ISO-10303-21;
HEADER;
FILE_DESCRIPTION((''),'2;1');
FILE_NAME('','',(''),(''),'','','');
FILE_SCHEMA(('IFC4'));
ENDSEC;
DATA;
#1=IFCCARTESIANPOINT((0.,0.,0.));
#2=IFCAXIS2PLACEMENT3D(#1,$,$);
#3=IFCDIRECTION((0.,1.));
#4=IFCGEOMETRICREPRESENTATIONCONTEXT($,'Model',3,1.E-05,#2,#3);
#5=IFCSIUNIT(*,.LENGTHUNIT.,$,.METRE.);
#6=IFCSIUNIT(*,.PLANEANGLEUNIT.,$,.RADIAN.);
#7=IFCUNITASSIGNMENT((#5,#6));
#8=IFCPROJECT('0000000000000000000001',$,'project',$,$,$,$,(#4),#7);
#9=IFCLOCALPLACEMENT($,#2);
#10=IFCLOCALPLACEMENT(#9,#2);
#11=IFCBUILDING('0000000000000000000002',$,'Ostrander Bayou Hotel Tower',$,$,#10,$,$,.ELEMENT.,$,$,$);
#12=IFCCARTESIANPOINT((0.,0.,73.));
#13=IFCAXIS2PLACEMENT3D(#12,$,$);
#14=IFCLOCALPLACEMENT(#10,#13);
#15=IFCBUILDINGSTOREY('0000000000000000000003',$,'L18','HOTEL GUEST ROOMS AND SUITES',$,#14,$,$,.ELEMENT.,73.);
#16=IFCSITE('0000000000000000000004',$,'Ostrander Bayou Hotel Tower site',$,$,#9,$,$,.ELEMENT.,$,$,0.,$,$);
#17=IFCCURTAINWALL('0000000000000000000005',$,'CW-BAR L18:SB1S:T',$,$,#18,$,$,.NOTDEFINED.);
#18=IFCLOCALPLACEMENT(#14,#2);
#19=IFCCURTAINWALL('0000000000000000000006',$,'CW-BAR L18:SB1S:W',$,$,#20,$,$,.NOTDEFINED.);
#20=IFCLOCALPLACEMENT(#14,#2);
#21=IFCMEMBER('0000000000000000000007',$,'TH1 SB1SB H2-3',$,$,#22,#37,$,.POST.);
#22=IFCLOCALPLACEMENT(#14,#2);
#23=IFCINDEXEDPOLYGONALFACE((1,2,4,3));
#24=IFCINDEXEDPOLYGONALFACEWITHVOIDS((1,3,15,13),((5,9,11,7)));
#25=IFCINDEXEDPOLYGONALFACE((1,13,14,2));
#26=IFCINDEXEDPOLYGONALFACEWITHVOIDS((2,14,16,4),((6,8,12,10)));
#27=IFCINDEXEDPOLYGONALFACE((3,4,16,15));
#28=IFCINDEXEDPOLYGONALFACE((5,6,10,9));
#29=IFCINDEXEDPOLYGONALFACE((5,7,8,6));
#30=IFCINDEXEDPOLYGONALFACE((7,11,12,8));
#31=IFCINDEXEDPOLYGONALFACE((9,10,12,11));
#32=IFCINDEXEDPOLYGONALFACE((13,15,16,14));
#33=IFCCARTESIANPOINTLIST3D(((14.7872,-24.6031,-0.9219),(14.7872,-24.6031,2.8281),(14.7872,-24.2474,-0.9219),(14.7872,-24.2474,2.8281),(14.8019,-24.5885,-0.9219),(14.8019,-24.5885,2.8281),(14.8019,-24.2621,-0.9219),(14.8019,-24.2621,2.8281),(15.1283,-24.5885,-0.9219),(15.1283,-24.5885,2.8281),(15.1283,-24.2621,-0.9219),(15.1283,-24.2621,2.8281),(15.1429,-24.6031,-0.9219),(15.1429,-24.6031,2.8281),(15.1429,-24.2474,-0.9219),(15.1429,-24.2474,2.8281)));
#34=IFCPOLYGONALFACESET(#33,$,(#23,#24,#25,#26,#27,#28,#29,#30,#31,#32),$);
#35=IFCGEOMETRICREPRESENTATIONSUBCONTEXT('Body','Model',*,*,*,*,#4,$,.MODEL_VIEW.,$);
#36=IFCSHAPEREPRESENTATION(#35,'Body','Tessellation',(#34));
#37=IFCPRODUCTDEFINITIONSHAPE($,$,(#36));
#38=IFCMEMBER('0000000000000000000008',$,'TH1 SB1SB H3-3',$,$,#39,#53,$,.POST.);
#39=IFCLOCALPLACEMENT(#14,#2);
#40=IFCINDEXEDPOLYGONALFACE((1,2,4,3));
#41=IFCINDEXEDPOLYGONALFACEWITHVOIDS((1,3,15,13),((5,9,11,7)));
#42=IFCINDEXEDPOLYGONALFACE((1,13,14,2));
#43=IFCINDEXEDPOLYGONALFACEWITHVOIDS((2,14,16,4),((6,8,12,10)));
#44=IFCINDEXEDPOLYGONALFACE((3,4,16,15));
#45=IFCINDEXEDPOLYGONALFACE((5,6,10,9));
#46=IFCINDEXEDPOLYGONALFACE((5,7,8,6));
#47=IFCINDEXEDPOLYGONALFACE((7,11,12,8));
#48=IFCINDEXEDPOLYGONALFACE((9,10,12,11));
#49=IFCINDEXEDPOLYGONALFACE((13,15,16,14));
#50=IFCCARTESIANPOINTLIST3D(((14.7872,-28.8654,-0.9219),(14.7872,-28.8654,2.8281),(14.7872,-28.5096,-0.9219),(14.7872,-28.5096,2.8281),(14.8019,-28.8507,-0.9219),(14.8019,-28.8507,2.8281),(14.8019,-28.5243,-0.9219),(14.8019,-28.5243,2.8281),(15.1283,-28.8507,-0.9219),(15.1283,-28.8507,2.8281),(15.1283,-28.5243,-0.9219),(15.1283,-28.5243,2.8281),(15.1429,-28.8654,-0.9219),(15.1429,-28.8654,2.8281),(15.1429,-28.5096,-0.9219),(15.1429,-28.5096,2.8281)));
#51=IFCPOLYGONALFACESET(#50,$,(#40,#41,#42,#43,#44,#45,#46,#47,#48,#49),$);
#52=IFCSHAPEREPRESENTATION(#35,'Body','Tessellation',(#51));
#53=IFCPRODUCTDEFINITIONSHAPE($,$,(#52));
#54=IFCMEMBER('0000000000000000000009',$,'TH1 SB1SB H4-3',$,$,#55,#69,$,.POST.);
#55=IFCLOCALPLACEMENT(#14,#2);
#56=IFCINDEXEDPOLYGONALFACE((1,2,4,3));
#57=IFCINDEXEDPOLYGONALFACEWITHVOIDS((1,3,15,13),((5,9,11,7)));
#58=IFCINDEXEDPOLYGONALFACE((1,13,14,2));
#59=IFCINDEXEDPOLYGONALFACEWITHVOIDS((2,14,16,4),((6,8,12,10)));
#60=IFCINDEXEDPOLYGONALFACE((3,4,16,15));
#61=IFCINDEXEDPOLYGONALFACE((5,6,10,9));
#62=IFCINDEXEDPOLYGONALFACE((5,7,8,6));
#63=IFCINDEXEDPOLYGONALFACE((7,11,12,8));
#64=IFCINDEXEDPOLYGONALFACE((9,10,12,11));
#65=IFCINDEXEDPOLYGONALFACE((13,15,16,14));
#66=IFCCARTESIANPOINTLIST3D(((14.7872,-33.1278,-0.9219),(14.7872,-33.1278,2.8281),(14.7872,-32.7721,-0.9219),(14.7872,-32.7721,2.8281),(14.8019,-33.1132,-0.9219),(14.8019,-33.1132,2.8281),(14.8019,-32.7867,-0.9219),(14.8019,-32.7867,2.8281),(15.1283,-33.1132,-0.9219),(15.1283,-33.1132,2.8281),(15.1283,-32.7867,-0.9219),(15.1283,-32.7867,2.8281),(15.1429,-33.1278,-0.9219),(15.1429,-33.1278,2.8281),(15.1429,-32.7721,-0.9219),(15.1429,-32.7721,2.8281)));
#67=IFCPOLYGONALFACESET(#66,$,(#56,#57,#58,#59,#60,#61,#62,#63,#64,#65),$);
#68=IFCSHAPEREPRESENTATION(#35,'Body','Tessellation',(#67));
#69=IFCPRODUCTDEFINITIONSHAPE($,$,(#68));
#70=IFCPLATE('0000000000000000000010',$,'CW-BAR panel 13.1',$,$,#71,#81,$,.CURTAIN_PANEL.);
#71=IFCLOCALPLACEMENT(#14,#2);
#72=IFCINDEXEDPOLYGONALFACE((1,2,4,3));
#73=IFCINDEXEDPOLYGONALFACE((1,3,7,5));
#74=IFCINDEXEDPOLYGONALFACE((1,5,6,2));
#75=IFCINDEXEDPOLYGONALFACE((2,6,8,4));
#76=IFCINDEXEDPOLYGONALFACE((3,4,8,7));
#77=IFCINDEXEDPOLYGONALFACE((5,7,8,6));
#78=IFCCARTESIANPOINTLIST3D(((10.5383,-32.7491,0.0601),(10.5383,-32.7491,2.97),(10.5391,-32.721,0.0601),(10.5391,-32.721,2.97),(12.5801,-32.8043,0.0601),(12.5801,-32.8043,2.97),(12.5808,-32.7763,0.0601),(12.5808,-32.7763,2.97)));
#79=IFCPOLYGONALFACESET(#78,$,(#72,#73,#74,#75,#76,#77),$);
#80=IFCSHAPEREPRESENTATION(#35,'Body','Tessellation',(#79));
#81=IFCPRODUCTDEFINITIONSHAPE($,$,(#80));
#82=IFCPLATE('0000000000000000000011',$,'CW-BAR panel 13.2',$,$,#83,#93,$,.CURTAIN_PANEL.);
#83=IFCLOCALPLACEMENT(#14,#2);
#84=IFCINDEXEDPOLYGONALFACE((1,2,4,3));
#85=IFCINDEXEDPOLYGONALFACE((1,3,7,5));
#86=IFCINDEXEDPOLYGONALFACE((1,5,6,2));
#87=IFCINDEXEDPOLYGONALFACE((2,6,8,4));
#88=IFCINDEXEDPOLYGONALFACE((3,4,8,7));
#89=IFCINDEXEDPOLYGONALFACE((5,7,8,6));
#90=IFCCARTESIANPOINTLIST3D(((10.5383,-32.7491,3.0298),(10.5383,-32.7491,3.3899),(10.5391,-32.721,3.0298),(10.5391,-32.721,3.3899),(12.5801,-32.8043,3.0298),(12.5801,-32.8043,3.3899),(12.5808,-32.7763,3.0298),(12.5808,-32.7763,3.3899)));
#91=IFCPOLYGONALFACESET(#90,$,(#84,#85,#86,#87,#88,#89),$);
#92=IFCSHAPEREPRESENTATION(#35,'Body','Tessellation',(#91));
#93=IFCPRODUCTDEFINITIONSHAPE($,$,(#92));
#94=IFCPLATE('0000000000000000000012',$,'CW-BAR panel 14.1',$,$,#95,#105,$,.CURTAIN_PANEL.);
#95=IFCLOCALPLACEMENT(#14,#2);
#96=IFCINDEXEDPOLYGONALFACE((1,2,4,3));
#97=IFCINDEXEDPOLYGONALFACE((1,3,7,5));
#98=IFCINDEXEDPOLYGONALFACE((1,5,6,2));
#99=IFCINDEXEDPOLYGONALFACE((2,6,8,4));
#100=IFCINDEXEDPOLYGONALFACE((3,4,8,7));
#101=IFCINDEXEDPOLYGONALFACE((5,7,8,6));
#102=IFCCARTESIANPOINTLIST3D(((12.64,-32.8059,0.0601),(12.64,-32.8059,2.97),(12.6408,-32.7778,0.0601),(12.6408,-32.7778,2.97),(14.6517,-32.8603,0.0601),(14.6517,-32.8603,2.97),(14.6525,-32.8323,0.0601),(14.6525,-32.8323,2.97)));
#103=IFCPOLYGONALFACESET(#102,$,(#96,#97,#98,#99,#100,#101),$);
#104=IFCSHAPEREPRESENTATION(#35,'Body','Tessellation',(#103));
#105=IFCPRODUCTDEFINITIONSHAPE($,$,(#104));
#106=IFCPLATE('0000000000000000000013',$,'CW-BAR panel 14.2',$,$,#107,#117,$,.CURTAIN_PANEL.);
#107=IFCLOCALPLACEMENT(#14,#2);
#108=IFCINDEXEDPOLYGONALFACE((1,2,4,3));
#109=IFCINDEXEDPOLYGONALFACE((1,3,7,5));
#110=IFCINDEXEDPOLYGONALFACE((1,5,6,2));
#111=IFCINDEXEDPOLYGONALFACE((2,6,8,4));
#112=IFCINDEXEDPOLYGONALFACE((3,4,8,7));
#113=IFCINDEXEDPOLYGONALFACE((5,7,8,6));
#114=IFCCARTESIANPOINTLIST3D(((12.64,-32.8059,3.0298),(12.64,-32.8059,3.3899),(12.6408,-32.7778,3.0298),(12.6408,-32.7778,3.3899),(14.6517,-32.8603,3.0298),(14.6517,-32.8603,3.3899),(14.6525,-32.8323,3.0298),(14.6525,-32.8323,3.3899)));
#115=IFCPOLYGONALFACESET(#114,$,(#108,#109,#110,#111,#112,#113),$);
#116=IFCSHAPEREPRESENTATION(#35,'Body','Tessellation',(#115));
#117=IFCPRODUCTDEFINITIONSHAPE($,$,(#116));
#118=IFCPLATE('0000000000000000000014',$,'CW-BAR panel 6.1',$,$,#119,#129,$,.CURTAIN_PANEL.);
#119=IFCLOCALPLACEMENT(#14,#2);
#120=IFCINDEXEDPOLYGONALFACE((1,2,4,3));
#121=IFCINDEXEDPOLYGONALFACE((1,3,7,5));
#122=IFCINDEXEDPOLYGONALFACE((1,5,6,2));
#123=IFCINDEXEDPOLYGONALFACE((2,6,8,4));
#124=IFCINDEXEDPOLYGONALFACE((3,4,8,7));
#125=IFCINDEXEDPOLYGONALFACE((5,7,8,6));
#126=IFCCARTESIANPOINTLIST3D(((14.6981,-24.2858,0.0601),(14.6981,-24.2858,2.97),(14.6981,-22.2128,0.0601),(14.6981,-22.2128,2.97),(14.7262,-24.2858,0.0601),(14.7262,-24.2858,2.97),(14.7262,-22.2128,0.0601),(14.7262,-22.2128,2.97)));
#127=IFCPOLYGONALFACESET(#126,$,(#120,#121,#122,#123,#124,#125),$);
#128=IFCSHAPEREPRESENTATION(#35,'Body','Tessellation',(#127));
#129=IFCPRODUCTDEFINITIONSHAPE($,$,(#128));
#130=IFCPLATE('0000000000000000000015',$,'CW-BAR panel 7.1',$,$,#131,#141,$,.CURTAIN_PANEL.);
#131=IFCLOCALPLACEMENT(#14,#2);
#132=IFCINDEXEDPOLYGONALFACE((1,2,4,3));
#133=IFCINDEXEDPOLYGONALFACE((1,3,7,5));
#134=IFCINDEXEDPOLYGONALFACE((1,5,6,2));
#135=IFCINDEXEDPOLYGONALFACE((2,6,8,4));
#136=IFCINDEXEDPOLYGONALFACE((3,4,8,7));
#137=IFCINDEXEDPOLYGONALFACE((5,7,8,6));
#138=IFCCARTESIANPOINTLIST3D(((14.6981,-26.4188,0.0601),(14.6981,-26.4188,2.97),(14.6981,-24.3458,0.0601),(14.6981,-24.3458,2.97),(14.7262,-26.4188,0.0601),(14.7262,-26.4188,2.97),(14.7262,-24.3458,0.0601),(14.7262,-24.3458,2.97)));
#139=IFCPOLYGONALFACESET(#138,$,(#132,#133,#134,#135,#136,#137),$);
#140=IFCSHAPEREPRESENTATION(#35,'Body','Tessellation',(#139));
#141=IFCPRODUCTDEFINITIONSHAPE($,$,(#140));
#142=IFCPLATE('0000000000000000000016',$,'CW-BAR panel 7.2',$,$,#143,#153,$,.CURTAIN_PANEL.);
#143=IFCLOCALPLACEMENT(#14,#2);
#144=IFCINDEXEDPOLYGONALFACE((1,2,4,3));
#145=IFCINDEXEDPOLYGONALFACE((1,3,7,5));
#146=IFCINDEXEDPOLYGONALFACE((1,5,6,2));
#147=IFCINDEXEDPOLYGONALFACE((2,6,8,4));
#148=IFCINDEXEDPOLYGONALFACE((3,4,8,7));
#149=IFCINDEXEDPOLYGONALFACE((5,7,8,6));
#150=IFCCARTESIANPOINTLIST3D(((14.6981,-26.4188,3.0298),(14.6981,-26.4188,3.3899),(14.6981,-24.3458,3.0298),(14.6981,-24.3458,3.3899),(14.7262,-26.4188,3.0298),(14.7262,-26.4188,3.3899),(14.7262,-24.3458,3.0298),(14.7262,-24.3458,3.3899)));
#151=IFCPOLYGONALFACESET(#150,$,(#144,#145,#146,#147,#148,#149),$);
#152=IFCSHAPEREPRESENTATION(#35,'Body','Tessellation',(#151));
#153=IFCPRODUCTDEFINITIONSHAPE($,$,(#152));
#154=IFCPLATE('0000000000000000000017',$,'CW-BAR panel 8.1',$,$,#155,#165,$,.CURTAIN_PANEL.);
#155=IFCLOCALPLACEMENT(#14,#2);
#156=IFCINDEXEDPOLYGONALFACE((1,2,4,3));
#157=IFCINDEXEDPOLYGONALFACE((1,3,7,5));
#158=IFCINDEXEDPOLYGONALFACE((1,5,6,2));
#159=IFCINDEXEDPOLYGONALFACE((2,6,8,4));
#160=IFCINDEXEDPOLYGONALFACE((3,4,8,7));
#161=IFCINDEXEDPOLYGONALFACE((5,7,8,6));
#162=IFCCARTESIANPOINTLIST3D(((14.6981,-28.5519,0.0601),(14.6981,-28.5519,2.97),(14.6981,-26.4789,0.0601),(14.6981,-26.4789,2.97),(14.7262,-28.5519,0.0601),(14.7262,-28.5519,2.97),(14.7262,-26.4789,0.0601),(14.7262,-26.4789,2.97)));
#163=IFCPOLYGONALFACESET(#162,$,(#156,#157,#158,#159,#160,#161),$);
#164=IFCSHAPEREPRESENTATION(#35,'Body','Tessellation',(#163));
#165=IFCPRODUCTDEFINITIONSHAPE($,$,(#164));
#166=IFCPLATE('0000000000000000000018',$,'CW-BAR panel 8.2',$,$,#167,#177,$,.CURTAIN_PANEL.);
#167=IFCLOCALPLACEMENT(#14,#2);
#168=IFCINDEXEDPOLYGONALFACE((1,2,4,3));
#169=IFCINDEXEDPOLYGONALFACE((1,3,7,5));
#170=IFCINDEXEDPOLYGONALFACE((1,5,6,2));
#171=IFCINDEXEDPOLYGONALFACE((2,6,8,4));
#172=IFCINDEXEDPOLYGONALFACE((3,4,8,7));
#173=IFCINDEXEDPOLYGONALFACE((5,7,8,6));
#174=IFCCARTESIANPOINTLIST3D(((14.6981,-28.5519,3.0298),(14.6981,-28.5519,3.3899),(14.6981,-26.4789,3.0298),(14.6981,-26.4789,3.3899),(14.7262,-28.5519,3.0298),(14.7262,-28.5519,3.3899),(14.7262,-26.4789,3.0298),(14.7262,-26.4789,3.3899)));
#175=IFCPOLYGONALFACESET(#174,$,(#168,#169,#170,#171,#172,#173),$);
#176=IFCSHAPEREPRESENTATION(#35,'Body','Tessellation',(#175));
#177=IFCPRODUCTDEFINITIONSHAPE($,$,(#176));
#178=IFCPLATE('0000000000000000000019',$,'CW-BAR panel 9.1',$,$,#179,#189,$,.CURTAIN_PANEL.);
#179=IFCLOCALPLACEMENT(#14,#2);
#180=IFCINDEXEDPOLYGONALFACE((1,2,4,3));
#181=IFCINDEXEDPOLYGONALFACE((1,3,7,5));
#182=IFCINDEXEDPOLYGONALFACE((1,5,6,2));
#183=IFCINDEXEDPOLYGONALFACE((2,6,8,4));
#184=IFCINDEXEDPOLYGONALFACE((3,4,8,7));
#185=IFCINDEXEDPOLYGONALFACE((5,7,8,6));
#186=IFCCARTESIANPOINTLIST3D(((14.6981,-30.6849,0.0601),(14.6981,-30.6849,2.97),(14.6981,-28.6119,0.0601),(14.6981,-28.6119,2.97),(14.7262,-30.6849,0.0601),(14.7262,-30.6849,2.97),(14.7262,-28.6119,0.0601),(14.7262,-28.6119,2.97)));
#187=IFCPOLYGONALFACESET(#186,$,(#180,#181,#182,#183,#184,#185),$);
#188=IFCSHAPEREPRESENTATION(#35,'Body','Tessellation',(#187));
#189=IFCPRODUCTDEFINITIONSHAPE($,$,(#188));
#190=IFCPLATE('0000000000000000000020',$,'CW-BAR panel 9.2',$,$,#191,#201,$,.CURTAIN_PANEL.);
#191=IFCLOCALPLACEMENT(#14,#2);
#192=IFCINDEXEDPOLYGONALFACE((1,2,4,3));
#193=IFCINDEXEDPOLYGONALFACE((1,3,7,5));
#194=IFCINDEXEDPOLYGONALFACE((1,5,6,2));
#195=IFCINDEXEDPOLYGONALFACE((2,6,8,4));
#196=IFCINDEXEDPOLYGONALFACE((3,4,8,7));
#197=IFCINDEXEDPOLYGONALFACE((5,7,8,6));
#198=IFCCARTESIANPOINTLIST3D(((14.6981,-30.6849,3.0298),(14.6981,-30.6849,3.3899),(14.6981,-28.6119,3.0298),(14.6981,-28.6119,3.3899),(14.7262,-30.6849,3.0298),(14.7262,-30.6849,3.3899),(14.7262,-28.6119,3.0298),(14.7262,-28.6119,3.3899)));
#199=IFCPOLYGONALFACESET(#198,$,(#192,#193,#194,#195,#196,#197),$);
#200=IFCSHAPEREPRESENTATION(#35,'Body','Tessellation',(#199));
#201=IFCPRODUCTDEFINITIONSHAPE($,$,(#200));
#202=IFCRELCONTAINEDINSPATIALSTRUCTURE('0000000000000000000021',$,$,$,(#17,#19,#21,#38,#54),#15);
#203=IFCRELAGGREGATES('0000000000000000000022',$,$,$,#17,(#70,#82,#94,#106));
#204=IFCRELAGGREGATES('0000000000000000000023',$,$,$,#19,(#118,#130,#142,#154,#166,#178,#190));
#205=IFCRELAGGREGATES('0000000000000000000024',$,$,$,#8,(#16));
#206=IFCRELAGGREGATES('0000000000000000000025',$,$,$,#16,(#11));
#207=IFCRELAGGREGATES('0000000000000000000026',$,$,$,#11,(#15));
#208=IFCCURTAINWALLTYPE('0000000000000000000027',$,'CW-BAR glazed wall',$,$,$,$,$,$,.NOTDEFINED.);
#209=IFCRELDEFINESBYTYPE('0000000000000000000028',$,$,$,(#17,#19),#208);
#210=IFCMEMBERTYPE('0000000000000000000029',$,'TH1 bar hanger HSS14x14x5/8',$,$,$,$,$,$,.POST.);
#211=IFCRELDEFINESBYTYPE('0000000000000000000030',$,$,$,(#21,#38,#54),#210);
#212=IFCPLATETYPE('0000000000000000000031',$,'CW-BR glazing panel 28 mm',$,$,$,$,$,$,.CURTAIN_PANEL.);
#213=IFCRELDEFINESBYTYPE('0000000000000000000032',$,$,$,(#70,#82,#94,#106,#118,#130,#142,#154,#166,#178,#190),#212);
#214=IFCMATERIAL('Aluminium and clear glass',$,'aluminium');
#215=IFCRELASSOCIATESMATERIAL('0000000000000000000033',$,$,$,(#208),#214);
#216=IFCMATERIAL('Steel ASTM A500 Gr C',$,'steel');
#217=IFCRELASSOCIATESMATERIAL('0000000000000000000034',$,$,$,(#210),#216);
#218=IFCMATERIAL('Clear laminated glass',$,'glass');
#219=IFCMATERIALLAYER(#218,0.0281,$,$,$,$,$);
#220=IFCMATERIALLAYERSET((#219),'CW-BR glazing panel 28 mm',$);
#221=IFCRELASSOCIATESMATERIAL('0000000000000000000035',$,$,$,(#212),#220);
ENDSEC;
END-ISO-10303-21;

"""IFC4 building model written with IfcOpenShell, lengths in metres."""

from ifc_helpers import new_model, si_unit, direction, frame, origin, origin_2d, place, context, subcontext, project, spatial, rectangle, hollow_rectangle, extrude, material, layer, layer_set, material_profile, profile_set, type_object, element, aggregate, save


model = new_model("IFC4")

# Units and contexts
model_context = context("Model", 3, precision=1e-05, world=origin(), true_north=direction((0.0, 1.0)))
body_context = subcontext(model_context, "Body", "Model", "MODEL_VIEW")
ifc_project = project(units=[si_unit("LENGTHUNIT", "METRE"), si_unit("PLANEANGLEUNIT", "RADIAN")], contexts=[model_context])

# Site, building, storey
site_placement = place(None, origin())
site = spatial("IfcSite", under=ifc_project, at=site_placement, Name="Ostrander Bayou Hotel Tower site", CompositionType="ELEMENT", RefElevation=0.0)
building_placement = place(site_placement, origin())
building = spatial("IfcBuilding", under=site, at=building_placement, Name="Ostrander Bayou Hotel Tower", CompositionType="ELEMENT")
storey_placement = place(building_placement, frame((0.0, 0.0, 73.0)))
storey = spatial("IfcBuildingStorey", under=building, at=storey_placement, Name="L18", Description="HOTEL GUEST ROOMS AND SUITES", CompositionType="ELEMENT", Elevation=73.0)

# Curtain walls
ifc_material_1 = material(Name="Aluminium and clear glass", Category="aluminium")
curtain_wall_type = type_object("IfcCurtainWallType", Name="CW-BAR glazed wall", PredefinedType="NOTDEFINED", material=ifc_material_1)
curtain_wall_1_placement = place(storey_placement, origin())
curtain_wall_1 = element("IfcCurtainWall", 1, at=curtain_wall_1_placement, inside=storey, type_object=curtain_wall_type, Name="CW-BAR L18:SB1S:T", PredefinedType="NOTDEFINED")
curtain_wall_2_placement = place(storey_placement, origin())
curtain_wall_2 = element("IfcCurtainWall", 2, at=curtain_wall_2_placement, inside=storey, type_object=curtain_wall_type, Name="CW-BAR L18:SB1S:W", PredefinedType="NOTDEFINED")

# Members
ifc_material_2 = material(Name="Steel ASTM A500 Gr C", Category="steel")
ifc_material_profile_1 = material_profile(ifc_material_2, hollow_rectangle(XDim=0.3557, YDim=0.3557, WallThickness=0.0146, at=origin_2d()))
ifc_profile_set_1 = profile_set([ifc_material_profile_1], Name="Steel ASTM A500 Gr C")
member_type_1 = type_object("IfcMemberType", Name="TH1 bar hanger HSS14x14x5/8", PredefinedType="POST", material=ifc_profile_set_1)
for number, where, z_axis, x_axis, name in (
    (3, (14.9651, -24.4253, -0.9219), (0.0, 0.0, 1.0), (1.0, 0.0, 0.0), "TH1 SB1SB H2-3"),
    (4, (14.9651, -28.6875, -0.9219), (0.0, 0.0, 1.0), (1.0, 0.0, 0.0), "TH1 SB1SB H3-3"),
    (5, (14.9651, -32.95, -0.9219), (0.0, 0.0, 1.0), (1.0, 0.0, 0.0), "TH1 SB1SB H4-3"),
):
    element("IfcMember", number, at=place(storey_placement, frame(where, z_axis=z_axis, x_axis=x_axis)), inside=storey, type_object=member_type_1, Name=name, PredefinedType="POST", context=body_context, shape_type="SweptSolid", body=[
        extrude(hollow_rectangle(XDim=0.3557, YDim=0.3557, WallThickness=0.0146, at=origin_2d()), origin(), (0.0, 0.0, 1.0), 3.75),
    ])

# Plates
ifc_material_3 = material(Name="Clear laminated glass", Category="glass")
ifc_layer = layer(ifc_material_3, 0.0281)
ifc_layer_set = layer_set([ifc_layer], Name="CW-BR glazing panel 28 mm")
plate_type = type_object("IfcPlateType", Name="CW-BR glazing panel 28 mm", PredefinedType="CURTAIN_PANEL", material=ifc_layer_set)
plate_1_placement = place(storey_placement, frame((11.5596, -32.7627, 0.0601), z_axis=(0.0, 0.0, 1.0), x_axis=(0.999634, -0.027042, 0.0)))
plate_1 = element("IfcPlate", 6, at=plate_1_placement, type_object=plate_type, Name="CW-BAR panel 13.1", PredefinedType="CURTAIN_PANEL", context=body_context, shape_type="SweptSolid", body=[
    extrude(rectangle(XDim=2.0425, YDim=0.0281, at=origin_2d()), origin(), (0.0, 0.0, 1.0), 2.9099),
])
plate_2_placement = place(storey_placement, frame((11.5596, -32.7627, 3.0298), z_axis=(0.0, 0.0, 1.0), x_axis=(0.999634, -0.027042, 0.0)))
plate_2 = element("IfcPlate", 7, at=plate_2_placement, type_object=plate_type, Name="CW-BAR panel 13.2", PredefinedType="CURTAIN_PANEL", context=body_context, shape_type="SweptSolid", body=[
    extrude(rectangle(XDim=2.0425, YDim=0.0281, at=origin_2d()), origin(), (0.0, 0.0, 1.0), 0.3601),
])
plate_3_placement = place(storey_placement, frame((13.6462, -32.8191, 0.0601), z_axis=(0.0, 0.0, 1.0), x_axis=(0.999634, -0.027042, 0.0)))
plate_3 = element("IfcPlate", 8, at=plate_3_placement, type_object=plate_type, Name="CW-BAR panel 14.1", PredefinedType="CURTAIN_PANEL", context=body_context, shape_type="SweptSolid", body=[
    extrude(rectangle(XDim=2.0125, YDim=0.0281, at=origin_2d()), origin(), (0.0, 0.0, 1.0), 2.9099),
])
plate_4_placement = place(storey_placement, frame((13.6462, -32.8191, 3.0298), z_axis=(0.0, 0.0, 1.0), x_axis=(0.999634, -0.027042, 0.0)))
plate_4 = element("IfcPlate", 9, at=plate_4_placement, type_object=plate_type, Name="CW-BAR panel 14.2", PredefinedType="CURTAIN_PANEL", context=body_context, shape_type="SweptSolid", body=[
    extrude(rectangle(XDim=2.0125, YDim=0.0281, at=origin_2d()), origin(), (0.0, 0.0, 1.0), 0.3601),
])
aggregate(curtain_wall_1, [plate_1, plate_2, plate_3, plate_4])
plate_5_placement = place(storey_placement, frame((14.7122, -23.2493, 0.0601), z_axis=(0.0, 0.0, 1.0), x_axis=(0.0, -1.0, 0.0)))
plate_5 = element("IfcPlate", 10, at=plate_5_placement, type_object=plate_type, Name="CW-BAR panel 6.1", PredefinedType="CURTAIN_PANEL", context=body_context, shape_type="SweptSolid", body=[
    extrude(rectangle(XDim=2.073, YDim=0.0281, at=origin_2d()), origin(), (0.0, 0.0, 1.0), 2.9099),
])
plate_6_placement = place(storey_placement, frame((14.7122, -25.3823, 0.0601), z_axis=(0.0, 0.0, 1.0), x_axis=(0.0, -1.0, 0.0)))
plate_6 = element("IfcPlate", 11, at=plate_6_placement, type_object=plate_type, Name="CW-BAR panel 7.1", PredefinedType="CURTAIN_PANEL", context=body_context, shape_type="SweptSolid", body=[
    extrude(rectangle(XDim=2.073, YDim=0.0281, at=origin_2d()), origin(), (0.0, 0.0, 1.0), 2.9099),
])
plate_7_placement = place(storey_placement, frame((14.7122, -25.3823, 3.0298), z_axis=(0.0, 0.0, 1.0), x_axis=(0.0, -1.0, 0.0)))
plate_7 = element("IfcPlate", 12, at=plate_7_placement, type_object=plate_type, Name="CW-BAR panel 7.2", PredefinedType="CURTAIN_PANEL", context=body_context, shape_type="SweptSolid", body=[
    extrude(rectangle(XDim=2.073, YDim=0.0281, at=origin_2d()), origin(), (0.0, 0.0, 1.0), 0.3601),
])
plate_8_placement = place(storey_placement, frame((14.7122, -27.5154, 0.0601), z_axis=(0.0, 0.0, 1.0), x_axis=(0.0, -1.0, 0.0)))
plate_8 = element("IfcPlate", 13, at=plate_8_placement, type_object=plate_type, Name="CW-BAR panel 8.1", PredefinedType="CURTAIN_PANEL", context=body_context, shape_type="SweptSolid", body=[
    extrude(rectangle(XDim=2.073, YDim=0.0281, at=origin_2d()), origin(), (0.0, 0.0, 1.0), 2.9099),
])
plate_9_placement = place(storey_placement, frame((14.7122, -27.5154, 3.0298), z_axis=(0.0, 0.0, 1.0), x_axis=(0.0, -1.0, 0.0)))
plate_9 = element("IfcPlate", 14, at=plate_9_placement, type_object=plate_type, Name="CW-BAR panel 8.2", PredefinedType="CURTAIN_PANEL", context=body_context, shape_type="SweptSolid", body=[
    extrude(rectangle(XDim=2.073, YDim=0.0281, at=origin_2d()), origin(), (0.0, 0.0, 1.0), 0.3601),
])
plate_10_placement = place(storey_placement, frame((14.7122, -29.6484, 0.0601), z_axis=(0.0, 0.0, 1.0), x_axis=(0.0, -1.0, 0.0)))
plate_10 = element("IfcPlate", 15, at=plate_10_placement, type_object=plate_type, Name="CW-BAR panel 9.1", PredefinedType="CURTAIN_PANEL", context=body_context, shape_type="SweptSolid", body=[
    extrude(rectangle(XDim=2.073, YDim=0.0281, at=origin_2d()), origin(), (0.0, 0.0, 1.0), 2.9099),
])
plate_11_placement = place(storey_placement, frame((14.7122, -29.6484, 3.0298), z_axis=(0.0, 0.0, 1.0), x_axis=(0.0, -1.0, 0.0)))
plate_11 = element("IfcPlate", 16, at=plate_11_placement, type_object=plate_type, Name="CW-BAR panel 9.2", PredefinedType="CURTAIN_PANEL", context=body_context, shape_type="SweptSolid", body=[
    extrude(rectangle(XDim=2.073, YDim=0.0281, at=origin_2d()), origin(), (0.0, 0.0, 1.0), 0.3601),
])
aggregate(curtain_wall_2, [plate_5, plate_6, plate_7, plate_8, plate_9, plate_10, plate_11])

save(model, "model.ifc")
